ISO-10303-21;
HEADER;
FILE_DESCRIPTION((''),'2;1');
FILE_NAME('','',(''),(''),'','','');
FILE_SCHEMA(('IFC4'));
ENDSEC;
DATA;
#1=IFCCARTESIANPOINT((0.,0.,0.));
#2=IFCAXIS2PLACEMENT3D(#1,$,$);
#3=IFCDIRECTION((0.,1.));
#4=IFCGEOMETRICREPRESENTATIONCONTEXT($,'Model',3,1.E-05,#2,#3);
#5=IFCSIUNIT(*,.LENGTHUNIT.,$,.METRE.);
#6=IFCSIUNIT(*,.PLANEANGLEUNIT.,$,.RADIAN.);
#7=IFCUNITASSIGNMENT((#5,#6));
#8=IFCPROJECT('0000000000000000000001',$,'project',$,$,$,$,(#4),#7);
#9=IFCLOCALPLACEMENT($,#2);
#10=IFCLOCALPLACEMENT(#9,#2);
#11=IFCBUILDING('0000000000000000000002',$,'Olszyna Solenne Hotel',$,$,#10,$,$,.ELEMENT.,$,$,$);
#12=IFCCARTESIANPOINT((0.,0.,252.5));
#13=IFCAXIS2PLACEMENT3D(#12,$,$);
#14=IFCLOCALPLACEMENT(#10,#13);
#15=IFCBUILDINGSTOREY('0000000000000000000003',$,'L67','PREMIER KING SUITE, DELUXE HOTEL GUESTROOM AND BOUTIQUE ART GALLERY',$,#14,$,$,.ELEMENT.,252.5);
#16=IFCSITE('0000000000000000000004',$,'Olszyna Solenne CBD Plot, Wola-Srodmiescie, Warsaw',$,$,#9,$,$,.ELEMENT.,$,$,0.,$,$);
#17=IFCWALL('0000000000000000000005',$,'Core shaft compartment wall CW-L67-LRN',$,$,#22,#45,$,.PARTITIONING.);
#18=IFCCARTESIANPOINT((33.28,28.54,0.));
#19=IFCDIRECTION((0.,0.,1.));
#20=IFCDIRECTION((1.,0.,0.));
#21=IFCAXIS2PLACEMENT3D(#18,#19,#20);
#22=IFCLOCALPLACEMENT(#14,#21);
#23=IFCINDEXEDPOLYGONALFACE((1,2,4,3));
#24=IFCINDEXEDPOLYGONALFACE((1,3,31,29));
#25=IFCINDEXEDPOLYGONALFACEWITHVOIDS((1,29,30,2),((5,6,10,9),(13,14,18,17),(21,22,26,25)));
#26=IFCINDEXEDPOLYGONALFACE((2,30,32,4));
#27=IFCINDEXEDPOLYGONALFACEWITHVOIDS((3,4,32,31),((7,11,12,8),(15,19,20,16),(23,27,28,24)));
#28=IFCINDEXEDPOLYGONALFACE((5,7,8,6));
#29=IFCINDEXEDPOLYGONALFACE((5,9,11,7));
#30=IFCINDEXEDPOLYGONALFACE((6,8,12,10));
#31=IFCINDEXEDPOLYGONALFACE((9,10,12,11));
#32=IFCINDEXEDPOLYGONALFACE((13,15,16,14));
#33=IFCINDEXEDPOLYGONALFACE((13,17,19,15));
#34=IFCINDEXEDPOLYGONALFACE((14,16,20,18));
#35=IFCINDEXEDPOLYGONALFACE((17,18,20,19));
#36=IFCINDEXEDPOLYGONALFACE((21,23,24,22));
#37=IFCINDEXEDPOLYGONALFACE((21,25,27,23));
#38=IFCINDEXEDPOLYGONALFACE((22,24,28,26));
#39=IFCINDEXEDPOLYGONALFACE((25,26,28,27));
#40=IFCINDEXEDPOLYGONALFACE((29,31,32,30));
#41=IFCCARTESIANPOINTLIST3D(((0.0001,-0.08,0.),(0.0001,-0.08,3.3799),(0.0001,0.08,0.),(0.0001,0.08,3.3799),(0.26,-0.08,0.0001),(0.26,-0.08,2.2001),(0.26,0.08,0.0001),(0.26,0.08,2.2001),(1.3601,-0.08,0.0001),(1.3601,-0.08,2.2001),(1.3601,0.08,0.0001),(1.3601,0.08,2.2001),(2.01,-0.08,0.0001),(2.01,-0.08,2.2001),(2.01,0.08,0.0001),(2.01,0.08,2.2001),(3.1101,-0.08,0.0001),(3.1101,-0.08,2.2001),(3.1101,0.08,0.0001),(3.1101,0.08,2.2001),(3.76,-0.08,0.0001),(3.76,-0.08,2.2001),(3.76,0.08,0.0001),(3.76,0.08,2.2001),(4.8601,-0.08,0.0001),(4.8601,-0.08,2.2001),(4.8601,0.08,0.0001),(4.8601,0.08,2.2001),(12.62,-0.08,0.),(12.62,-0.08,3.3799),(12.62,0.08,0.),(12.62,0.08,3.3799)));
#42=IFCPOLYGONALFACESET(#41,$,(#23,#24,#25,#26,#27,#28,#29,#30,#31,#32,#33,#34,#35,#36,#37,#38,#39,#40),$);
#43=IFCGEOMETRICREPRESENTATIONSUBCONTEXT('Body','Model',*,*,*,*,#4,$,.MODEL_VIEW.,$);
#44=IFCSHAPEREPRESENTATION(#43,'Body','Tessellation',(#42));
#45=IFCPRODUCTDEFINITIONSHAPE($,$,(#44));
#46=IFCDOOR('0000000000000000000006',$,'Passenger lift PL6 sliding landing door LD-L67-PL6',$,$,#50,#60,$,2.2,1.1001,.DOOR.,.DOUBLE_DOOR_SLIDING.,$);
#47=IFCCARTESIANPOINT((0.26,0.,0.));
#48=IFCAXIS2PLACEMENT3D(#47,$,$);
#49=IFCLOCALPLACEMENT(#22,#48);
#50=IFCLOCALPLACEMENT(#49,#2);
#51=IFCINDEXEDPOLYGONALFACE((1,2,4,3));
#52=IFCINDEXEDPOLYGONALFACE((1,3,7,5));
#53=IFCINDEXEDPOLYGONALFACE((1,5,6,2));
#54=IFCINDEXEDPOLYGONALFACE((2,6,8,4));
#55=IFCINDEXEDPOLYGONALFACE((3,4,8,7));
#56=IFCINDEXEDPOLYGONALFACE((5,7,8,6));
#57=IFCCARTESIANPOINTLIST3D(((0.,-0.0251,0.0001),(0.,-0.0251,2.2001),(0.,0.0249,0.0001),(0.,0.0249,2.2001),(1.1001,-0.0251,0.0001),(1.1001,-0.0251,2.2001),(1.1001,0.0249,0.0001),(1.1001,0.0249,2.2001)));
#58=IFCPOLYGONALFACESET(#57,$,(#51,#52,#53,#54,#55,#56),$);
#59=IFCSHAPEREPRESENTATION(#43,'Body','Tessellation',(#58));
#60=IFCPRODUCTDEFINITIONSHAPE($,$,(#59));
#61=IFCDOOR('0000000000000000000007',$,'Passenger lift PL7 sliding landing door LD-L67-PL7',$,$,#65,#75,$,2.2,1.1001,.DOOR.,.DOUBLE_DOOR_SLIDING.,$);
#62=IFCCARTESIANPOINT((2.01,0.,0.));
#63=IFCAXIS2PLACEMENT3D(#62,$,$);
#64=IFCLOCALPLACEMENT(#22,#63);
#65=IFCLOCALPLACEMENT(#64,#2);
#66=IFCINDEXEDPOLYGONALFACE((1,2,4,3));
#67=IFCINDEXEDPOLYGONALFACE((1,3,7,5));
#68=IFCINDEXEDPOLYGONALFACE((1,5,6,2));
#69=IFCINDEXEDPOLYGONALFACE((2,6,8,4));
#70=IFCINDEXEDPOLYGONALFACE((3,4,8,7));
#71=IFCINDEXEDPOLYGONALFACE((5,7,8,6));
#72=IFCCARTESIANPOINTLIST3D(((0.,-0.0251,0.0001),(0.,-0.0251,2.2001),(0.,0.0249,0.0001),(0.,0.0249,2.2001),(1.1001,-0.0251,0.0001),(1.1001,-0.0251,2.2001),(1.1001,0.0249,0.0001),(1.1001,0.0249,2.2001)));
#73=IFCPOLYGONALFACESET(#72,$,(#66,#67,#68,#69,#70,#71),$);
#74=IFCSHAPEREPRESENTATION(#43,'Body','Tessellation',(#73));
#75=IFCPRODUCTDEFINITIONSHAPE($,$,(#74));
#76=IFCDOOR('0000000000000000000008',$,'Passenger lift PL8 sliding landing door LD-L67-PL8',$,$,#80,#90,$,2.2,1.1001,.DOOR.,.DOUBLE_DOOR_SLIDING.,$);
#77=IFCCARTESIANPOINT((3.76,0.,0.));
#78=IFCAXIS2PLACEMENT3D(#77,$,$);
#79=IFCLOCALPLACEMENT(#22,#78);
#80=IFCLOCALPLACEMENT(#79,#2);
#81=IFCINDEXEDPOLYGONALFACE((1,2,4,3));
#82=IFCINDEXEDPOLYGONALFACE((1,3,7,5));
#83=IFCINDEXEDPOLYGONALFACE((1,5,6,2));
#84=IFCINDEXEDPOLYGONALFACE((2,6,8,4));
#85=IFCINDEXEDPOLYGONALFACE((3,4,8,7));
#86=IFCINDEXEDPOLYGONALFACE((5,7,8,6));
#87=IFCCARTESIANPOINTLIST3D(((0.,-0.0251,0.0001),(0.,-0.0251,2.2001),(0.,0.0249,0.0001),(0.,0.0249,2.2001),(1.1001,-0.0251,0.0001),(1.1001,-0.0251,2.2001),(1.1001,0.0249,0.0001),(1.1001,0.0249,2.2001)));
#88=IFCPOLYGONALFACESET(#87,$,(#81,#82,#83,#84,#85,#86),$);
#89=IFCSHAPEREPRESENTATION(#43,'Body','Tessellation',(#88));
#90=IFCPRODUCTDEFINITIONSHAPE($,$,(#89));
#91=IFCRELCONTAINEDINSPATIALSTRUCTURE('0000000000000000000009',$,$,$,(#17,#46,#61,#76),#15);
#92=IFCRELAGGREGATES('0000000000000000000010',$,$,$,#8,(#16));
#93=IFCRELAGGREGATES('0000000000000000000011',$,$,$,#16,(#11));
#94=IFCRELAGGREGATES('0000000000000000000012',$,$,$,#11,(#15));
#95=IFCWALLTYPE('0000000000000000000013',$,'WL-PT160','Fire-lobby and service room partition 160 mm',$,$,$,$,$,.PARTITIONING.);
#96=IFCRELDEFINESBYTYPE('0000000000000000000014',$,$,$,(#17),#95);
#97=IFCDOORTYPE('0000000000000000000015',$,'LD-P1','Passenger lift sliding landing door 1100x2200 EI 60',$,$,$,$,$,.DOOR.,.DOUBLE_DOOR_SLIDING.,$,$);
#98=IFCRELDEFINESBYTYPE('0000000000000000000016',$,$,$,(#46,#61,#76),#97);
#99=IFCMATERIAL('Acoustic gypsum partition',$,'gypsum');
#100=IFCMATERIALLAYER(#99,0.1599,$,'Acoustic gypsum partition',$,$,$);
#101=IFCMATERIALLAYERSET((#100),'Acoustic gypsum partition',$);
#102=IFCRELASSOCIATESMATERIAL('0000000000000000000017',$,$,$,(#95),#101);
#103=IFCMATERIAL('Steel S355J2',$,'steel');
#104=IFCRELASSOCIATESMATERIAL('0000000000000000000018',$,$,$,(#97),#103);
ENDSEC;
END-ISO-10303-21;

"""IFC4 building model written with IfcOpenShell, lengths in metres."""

from ifc_helpers import new_model, si_unit, direction, frame, frame_2d, origin, place, context, subcontext, project, spatial, rectangle, extrude, source, transform, mapped, material, layer, layer_set, type_object, type_shapes, element, fill, save


model = new_model("IFC4")

# Units and contexts
model_context = context("Model", 3, precision=1e-05, world=origin(), true_north=direction((0.0, 1.0)))
body_context = subcontext(model_context, "Body", "Model", "MODEL_VIEW")
ifc_project = project(units=[si_unit("LENGTHUNIT", "METRE"), si_unit("PLANEANGLEUNIT", "RADIAN")], contexts=[model_context])

# Site, building, storey
site_placement = place(None, origin())
site = spatial("IfcSite", under=ifc_project, at=site_placement, Name="Olszyna Solenne CBD Plot, Wola-Srodmiescie, Warsaw", CompositionType="ELEMENT", RefElevation=0.0)
building_placement = place(site_placement, origin())
building = spatial("IfcBuilding", under=site, at=building_placement, Name="Olszyna Solenne Hotel", CompositionType="ELEMENT")
storey_placement = place(building_placement, frame((0.0, 0.0, 252.5)))
storey = spatial("IfcBuildingStorey", under=building, at=storey_placement, Name="L67", Description="PREMIER KING SUITE, DELUXE HOTEL GUESTROOM AND BOUTIQUE ART GALLERY", CompositionType="ELEMENT", Elevation=252.5)

# Shared definitions
ifc_material_1 = material(Name="Steel S355J2", Category="steel")

# Shared definitions
ifc_material_2 = material(Name="Acoustic gypsum partition", Category="gypsum")
ifc_layer_1 = layer(ifc_material_2, 0.1599, Name="Acoustic gypsum partition")
ifc_layer_set_1 = layer_set([ifc_layer_1], Name="Acoustic gypsum partition")
wall_type_1 = type_object("IfcWallType", Name="WL-PT160", Description="Fire-lobby and service room partition 160 mm", PredefinedType="PARTITIONING", material=ifc_layer_set_1)

# Shared definitions
door_type_1 = type_object("IfcDoorType", Name="LD-P1", Description="Passenger lift sliding landing door 1100x2200 EI 60", OperationType="DOUBLE_DOOR_SLIDING", PredefinedType="DOOR", material=ifc_material_1)
shared_shape_1 = source(origin(), body_context, "Body", "SweptSolid", [
    extrude(rectangle(XDim=1.1001, YDim=2.2, at=frame_2d((0.55, 1.1001))), frame((0.0, 0.0249, 0.0), z_axis=(0.0, -1.0, 0.0), x_axis=(1.0, 0.0, 0.0)), (0.0, 0.0, 1.0), 0.05),
])
type_shapes(door_type_1, [shared_shape_1])

# Wall, openings, doors
wall_1_placement = place(storey_placement, frame((33.28, 28.54, 0.0), z_axis=(0.0, 0.0, 1.0), x_axis=(1.0, 0.0, 0.0)))
wall_1 = element("IfcWall", 1, at=wall_1_placement, inside=storey, type_object=wall_type_1, Name="Core shaft compartment wall CW-L67-LRN", PredefinedType="PARTITIONING", context=body_context, shape_type="SweptSolid", body=[
    extrude(rectangle(XDim=12.6199, YDim=0.1599, at=frame_2d((6.3101, 0.0))), origin(), (0.0, 0.0, 1.0), 3.3799),
])
opening_1_placement = place(wall_1_placement, frame((0.26, 0.0, 0.0)))
opening_1 = element("IfcOpeningElement", 2, at=opening_1_placement, cuts=wall_1, PredefinedType="OPENING", context=body_context, shape_type="SweptSolid", body=[
    extrude(rectangle(XDim=1.1001, YDim=2.2, at=frame_2d((0.55, 1.1001))), frame((0.0, 0.0898, 0.0), z_axis=(0.0, -1.0, 0.0), x_axis=(1.0, 0.0, 0.0)), (0.0, 0.0, 1.0), 0.1799),
])
opening_2_placement = place(wall_1_placement, frame((2.01, 0.0, 0.0)))
opening_2 = element("IfcOpeningElement", 3, at=opening_2_placement, cuts=wall_1, PredefinedType="OPENING", context=body_context, shape_type="SweptSolid", body=[
    extrude(rectangle(XDim=1.1001, YDim=2.2, at=frame_2d((0.55, 1.1001))), frame((0.0, 0.0898, 0.0), z_axis=(0.0, -1.0, 0.0), x_axis=(1.0, 0.0, 0.0)), (0.0, 0.0, 1.0), 0.1799),
])
opening_3_placement = place(wall_1_placement, frame((3.76, 0.0, 0.0)))
opening_3 = element("IfcOpeningElement", 4, at=opening_3_placement, cuts=wall_1, PredefinedType="OPENING", context=body_context, shape_type="SweptSolid", body=[
    extrude(rectangle(XDim=1.1001, YDim=2.2, at=frame_2d((0.55, 1.1001))), frame((0.0, 0.0898, 0.0), z_axis=(0.0, -1.0, 0.0), x_axis=(1.0, 0.0, 0.0)), (0.0, 0.0, 1.0), 0.1799),
])
door_1_placement = place(opening_1_placement, origin())
door_1 = element("IfcDoor", 5, at=door_1_placement, inside=storey, type_object=door_type_1, Name="Passenger lift PL6 sliding landing door LD-L67-PL6", OperationType="DOUBLE_DOOR_SLIDING", OverallHeight=2.2, OverallWidth=1.1001, PredefinedType="DOOR", context=body_context, shape_type="MappedRepresentation", body=[
    mapped(shared_shape_1, transform((0.0, 0.0, 0.0), x_axis=(1.0, 0.0, 0.0), y_axis=(0.0, 1.0, 0.0), z_axis=(0.0, 0.0, 1.0), scale=1.0)),
])
fill(opening_1, door_1)
door_2_placement = place(opening_2_placement, origin())
door_2 = element("IfcDoor", 6, at=door_2_placement, inside=storey, type_object=door_type_1, Name="Passenger lift PL7 sliding landing door LD-L67-PL7", OperationType="DOUBLE_DOOR_SLIDING", OverallHeight=2.2, OverallWidth=1.1001, PredefinedType="DOOR", context=body_context, shape_type="MappedRepresentation", body=[
    mapped(shared_shape_1, transform((0.0, 0.0, 0.0), x_axis=(1.0, 0.0, 0.0), y_axis=(0.0, 1.0, 0.0), z_axis=(0.0, 0.0, 1.0), scale=1.0)),
])
fill(opening_2, door_2)
door_3_placement = place(opening_3_placement, origin())
door_3 = element("IfcDoor", 7, at=door_3_placement, inside=storey, type_object=door_type_1, Name="Passenger lift PL8 sliding landing door LD-L67-PL8", OperationType="DOUBLE_DOOR_SLIDING", OverallHeight=2.2, OverallWidth=1.1001, PredefinedType="DOOR", context=body_context, shape_type="MappedRepresentation", body=[
    mapped(shared_shape_1, transform((0.0, 0.0, 0.0), x_axis=(1.0, 0.0, 0.0), y_axis=(0.0, 1.0, 0.0), z_axis=(0.0, 0.0, 1.0), scale=1.0)),
])
fill(opening_3, door_3)

save(model, "model.ifc")
